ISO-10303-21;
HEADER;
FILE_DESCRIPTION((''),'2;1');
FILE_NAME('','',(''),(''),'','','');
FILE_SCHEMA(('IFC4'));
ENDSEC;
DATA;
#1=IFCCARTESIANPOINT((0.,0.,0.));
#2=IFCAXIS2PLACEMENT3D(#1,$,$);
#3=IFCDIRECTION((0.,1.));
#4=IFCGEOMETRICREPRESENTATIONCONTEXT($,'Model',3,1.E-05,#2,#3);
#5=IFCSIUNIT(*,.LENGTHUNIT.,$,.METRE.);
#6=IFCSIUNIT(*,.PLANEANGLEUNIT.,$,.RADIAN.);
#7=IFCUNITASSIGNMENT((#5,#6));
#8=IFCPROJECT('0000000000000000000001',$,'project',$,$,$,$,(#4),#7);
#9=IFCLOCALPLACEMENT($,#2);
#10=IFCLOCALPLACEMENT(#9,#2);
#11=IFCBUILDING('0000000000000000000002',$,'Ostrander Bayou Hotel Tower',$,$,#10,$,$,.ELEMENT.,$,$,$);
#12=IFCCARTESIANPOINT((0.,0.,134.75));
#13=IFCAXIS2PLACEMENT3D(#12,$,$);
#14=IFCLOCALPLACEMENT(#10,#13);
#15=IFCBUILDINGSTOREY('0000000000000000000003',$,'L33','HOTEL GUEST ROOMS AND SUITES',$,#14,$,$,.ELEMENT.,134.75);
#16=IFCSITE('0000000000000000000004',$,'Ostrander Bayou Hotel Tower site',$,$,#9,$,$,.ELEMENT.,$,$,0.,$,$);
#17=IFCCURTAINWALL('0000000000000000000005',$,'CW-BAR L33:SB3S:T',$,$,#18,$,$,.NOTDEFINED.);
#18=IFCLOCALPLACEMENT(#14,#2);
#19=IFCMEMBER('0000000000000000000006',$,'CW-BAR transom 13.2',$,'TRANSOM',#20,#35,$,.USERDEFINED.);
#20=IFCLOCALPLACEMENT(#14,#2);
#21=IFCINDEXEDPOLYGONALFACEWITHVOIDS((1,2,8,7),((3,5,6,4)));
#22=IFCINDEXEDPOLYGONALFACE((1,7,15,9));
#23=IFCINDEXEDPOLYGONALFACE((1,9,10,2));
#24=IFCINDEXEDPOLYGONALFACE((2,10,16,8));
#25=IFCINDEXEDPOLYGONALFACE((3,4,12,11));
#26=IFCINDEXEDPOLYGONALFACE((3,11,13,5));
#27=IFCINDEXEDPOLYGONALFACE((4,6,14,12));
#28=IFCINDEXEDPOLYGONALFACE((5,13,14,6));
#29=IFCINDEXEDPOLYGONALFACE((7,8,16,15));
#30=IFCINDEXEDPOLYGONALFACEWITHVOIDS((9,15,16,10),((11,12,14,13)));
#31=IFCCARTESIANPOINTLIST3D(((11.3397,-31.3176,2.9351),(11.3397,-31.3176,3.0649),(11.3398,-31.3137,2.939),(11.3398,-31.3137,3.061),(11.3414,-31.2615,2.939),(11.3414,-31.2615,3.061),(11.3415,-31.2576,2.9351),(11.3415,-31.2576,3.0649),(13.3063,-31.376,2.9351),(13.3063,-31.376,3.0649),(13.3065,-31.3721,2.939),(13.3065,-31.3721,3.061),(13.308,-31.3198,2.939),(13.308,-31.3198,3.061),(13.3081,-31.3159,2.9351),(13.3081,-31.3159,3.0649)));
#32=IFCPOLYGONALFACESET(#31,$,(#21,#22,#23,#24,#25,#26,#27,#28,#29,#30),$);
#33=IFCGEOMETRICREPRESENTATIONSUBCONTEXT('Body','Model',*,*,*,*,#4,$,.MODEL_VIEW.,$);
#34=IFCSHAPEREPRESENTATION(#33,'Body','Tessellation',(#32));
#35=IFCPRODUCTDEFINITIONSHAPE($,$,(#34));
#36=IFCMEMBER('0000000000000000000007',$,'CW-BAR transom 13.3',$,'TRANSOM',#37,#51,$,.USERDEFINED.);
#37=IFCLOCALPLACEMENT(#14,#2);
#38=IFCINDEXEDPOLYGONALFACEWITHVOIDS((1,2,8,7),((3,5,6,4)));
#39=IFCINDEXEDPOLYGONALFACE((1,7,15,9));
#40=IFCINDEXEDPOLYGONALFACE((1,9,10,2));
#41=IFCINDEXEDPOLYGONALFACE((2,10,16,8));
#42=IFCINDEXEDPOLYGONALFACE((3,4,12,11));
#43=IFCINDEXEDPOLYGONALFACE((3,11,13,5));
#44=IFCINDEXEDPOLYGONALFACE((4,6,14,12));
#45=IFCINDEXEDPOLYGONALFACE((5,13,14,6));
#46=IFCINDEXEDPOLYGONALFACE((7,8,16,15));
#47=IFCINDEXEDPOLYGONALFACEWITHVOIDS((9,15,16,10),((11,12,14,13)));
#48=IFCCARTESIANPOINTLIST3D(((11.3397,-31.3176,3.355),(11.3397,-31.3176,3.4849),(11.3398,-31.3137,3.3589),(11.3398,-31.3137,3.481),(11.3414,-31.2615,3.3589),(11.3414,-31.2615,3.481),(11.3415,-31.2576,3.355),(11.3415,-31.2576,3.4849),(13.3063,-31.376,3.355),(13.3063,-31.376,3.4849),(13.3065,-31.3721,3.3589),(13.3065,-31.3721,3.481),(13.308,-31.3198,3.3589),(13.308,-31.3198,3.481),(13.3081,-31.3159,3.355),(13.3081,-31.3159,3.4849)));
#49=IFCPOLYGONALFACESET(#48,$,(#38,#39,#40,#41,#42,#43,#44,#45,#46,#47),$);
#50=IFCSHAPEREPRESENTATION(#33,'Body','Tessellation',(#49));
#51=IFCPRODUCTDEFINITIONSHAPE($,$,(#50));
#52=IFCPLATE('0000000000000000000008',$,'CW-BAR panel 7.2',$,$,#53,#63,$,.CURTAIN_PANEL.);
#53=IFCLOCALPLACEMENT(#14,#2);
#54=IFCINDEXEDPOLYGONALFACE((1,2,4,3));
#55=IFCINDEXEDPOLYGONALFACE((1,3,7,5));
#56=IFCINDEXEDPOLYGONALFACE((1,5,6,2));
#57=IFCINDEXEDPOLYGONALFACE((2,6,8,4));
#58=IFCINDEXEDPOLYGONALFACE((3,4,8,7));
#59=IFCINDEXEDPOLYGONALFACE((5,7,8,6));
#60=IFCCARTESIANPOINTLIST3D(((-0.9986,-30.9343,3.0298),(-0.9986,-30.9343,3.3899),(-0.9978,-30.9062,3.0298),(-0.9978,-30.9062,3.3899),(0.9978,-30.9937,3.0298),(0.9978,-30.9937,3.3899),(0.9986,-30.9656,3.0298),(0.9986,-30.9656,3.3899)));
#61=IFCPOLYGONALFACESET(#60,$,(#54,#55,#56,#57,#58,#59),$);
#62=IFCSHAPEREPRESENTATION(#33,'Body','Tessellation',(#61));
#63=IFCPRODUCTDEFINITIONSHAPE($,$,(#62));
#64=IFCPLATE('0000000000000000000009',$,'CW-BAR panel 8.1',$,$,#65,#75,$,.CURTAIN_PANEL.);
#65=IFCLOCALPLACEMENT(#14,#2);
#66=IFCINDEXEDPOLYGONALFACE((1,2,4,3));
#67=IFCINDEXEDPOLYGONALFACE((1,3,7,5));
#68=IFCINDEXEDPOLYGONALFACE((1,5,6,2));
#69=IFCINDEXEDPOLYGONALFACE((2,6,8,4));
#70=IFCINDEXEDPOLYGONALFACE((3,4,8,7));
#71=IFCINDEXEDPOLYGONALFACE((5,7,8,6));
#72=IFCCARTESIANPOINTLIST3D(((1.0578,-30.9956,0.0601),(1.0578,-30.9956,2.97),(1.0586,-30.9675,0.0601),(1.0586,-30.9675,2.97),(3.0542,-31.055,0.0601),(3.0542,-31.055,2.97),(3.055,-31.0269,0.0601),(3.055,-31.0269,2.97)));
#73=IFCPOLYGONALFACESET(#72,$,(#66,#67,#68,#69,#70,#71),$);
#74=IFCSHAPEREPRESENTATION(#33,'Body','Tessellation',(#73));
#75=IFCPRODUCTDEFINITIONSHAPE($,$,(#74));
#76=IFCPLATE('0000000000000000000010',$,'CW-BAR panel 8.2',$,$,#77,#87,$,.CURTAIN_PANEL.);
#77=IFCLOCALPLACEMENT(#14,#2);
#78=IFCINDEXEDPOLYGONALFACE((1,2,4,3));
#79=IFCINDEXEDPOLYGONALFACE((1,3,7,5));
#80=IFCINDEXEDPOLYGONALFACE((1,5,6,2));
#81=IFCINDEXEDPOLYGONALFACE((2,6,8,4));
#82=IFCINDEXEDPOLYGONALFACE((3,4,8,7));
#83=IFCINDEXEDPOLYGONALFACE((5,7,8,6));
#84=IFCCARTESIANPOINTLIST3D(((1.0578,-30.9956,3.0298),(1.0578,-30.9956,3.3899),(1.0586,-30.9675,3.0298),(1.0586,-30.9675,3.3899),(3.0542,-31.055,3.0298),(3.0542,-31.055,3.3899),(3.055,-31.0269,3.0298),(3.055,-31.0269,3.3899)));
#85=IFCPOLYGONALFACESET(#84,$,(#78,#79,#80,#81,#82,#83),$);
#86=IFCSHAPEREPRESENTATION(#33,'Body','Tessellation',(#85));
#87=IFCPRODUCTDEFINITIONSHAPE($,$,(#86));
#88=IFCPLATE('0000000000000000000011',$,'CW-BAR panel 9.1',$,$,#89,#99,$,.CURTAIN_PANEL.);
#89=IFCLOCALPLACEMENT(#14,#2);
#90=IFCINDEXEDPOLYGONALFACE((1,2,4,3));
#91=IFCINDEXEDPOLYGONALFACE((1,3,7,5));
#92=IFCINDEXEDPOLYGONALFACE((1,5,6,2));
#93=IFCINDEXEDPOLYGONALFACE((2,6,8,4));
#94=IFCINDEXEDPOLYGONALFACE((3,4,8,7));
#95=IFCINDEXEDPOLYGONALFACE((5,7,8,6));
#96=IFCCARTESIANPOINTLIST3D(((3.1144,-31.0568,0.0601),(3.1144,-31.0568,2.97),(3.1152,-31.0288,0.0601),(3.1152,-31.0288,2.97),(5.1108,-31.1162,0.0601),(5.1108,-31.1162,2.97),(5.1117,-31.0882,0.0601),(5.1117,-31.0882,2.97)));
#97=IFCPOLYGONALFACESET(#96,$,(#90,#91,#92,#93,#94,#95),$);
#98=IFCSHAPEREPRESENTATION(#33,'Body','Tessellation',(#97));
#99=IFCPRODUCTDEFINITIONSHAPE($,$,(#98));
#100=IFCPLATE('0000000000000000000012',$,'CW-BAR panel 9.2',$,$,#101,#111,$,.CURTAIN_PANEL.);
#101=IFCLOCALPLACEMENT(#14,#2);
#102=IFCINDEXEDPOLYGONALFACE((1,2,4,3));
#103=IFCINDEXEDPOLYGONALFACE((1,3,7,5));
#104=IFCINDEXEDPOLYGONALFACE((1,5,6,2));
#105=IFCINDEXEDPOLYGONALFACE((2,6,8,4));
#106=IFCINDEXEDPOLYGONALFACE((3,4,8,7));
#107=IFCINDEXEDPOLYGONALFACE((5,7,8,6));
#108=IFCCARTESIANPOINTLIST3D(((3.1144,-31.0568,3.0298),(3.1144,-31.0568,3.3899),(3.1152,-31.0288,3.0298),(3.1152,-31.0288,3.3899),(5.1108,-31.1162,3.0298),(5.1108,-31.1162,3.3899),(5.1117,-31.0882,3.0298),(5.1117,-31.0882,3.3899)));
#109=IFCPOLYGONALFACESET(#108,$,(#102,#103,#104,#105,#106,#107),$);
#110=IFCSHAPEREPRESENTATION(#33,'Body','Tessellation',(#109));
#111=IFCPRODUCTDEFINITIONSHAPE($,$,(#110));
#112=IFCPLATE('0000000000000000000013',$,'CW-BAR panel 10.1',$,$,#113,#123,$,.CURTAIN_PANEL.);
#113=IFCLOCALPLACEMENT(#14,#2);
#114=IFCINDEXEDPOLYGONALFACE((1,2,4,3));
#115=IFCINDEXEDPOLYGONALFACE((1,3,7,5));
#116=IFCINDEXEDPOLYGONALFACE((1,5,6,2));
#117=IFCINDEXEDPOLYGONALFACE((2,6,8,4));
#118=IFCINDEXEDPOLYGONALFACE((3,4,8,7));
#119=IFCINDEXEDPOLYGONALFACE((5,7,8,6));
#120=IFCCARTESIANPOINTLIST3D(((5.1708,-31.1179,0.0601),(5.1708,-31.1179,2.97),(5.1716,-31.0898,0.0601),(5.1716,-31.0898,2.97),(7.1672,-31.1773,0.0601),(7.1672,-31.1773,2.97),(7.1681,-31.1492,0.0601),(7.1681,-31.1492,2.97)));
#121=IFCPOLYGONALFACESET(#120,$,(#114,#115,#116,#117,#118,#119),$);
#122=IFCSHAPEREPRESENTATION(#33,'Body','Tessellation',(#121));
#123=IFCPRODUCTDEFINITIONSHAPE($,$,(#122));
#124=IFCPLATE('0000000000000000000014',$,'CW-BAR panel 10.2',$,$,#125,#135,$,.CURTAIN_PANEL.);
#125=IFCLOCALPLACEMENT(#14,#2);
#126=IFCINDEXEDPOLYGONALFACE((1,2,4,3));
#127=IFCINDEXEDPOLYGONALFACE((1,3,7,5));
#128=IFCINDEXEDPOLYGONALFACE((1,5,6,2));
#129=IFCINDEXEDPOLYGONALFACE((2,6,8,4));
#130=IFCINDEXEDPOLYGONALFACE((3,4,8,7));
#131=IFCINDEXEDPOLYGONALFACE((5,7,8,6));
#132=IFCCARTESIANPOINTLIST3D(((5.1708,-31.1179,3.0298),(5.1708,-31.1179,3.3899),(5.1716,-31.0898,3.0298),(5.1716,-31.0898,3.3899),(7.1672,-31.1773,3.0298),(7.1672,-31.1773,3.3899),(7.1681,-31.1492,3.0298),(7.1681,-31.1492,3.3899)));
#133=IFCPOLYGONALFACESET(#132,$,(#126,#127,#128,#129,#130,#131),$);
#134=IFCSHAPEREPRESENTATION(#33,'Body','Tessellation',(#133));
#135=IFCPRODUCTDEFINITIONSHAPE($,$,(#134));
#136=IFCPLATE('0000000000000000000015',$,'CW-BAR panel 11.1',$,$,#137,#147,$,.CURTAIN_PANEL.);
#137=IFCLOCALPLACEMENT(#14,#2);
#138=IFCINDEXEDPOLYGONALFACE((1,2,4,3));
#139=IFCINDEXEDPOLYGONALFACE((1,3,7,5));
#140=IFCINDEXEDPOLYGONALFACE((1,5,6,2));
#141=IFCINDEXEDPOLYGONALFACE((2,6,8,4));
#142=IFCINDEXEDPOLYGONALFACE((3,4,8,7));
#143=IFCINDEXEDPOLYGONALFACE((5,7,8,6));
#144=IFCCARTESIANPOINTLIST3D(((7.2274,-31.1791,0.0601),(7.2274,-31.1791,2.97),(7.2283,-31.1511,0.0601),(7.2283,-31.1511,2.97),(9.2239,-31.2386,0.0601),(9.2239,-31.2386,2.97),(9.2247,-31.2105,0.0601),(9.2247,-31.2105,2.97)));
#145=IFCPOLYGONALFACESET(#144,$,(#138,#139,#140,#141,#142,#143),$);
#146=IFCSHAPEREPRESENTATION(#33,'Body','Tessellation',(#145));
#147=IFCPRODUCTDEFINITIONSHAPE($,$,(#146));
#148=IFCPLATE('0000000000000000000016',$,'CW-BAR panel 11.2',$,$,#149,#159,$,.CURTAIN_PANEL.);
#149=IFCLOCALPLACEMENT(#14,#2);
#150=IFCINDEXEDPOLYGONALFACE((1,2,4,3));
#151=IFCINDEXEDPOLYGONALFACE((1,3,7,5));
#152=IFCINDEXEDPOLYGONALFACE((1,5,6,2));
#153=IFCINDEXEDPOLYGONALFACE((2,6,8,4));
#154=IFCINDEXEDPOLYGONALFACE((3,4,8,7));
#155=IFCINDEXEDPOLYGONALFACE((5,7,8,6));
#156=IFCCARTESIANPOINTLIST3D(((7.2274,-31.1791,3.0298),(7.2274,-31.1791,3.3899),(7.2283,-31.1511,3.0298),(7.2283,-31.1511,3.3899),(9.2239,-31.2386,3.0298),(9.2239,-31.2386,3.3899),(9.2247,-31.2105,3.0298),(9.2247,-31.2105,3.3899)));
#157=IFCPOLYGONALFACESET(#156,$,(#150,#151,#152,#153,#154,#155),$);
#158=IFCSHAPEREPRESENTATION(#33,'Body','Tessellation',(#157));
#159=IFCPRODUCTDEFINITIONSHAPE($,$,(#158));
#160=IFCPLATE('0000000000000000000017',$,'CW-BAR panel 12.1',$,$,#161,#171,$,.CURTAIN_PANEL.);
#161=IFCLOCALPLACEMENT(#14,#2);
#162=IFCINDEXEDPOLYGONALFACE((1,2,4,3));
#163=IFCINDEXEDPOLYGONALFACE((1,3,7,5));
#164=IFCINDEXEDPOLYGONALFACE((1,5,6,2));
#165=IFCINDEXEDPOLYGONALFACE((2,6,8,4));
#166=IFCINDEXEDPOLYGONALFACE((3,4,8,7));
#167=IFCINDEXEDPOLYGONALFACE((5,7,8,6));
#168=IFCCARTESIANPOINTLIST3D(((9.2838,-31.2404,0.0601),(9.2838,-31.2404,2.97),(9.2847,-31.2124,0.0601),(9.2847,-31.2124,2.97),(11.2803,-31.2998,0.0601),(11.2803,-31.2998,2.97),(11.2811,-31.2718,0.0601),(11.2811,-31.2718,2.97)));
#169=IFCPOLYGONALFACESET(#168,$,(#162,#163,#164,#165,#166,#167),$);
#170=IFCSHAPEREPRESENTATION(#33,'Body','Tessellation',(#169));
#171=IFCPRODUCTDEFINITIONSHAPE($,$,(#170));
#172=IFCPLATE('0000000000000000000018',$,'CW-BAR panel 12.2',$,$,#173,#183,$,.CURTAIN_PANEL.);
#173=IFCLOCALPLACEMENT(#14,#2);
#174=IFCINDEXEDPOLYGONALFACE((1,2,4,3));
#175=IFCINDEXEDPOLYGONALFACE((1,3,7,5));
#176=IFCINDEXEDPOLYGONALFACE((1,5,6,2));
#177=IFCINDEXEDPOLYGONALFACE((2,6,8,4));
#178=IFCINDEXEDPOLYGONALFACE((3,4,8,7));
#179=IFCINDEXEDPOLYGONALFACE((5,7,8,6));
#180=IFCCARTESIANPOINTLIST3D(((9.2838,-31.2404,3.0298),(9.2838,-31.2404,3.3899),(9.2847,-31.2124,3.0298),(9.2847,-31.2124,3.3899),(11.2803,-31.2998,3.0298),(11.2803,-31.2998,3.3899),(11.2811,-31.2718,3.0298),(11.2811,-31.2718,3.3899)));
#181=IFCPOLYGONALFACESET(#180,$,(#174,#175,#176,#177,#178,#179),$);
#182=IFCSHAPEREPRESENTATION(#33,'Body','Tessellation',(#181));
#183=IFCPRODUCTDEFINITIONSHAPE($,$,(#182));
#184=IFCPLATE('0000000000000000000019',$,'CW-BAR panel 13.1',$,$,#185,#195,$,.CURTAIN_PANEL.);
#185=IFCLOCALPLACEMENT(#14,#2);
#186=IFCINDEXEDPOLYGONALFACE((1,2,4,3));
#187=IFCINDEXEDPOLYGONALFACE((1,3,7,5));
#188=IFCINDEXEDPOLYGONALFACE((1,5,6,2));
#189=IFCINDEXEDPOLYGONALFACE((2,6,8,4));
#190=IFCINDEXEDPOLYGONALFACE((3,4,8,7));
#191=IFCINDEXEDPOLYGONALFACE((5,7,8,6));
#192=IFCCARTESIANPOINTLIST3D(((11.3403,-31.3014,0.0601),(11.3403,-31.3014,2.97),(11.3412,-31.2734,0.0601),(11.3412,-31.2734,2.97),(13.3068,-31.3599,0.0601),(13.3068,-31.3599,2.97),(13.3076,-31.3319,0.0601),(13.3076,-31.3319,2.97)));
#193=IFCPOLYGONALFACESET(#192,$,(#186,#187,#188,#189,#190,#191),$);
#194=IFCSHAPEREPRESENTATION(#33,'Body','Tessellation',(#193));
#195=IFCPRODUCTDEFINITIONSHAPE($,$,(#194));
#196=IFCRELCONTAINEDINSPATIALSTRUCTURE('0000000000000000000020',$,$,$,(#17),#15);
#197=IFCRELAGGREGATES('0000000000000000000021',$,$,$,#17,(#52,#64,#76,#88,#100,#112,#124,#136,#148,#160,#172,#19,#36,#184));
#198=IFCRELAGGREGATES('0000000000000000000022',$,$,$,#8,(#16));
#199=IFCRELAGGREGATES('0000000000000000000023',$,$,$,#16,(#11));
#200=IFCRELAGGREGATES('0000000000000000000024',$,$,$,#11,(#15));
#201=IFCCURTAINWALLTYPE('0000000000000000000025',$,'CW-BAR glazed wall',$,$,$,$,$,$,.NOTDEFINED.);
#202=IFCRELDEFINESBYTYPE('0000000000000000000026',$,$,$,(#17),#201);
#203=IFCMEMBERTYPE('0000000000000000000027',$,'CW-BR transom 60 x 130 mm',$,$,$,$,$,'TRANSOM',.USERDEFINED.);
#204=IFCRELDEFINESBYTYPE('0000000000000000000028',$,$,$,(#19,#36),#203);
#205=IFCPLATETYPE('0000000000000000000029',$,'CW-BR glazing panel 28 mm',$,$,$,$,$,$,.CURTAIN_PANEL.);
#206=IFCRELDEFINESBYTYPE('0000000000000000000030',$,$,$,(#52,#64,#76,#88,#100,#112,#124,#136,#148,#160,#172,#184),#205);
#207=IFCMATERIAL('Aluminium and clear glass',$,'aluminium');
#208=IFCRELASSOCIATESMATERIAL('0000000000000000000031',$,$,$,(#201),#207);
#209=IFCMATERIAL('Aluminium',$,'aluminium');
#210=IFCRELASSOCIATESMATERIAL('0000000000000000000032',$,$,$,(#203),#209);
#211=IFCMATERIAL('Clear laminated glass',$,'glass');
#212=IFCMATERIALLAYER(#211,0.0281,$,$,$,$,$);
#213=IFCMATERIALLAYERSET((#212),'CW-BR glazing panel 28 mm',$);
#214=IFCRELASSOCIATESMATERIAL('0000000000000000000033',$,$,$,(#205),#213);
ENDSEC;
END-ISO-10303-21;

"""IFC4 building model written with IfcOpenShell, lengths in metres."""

from ifc_helpers import new_model, si_unit, direction, frame, origin, origin_2d, place, context, subcontext, project, spatial, rectangle, hollow_rectangle, extrude, material, layer, layer_set, material_profile, profile_set, type_object, element, aggregate, save


model = new_model("IFC4")

# Units and contexts
model_context = context("Model", 3, precision=1e-05, world=origin(), true_north=direction((0.0, 1.0)))
body_context = subcontext(model_context, "Body", "Model", "MODEL_VIEW")
ifc_project = project(units=[si_unit("LENGTHUNIT", "METRE"), si_unit("PLANEANGLEUNIT", "RADIAN")], contexts=[model_context])

# Site, building, storey
site_placement = place(None, origin())
site = spatial("IfcSite", under=ifc_project, at=site_placement, Name="Ostrander Bayou Hotel Tower site", CompositionType="ELEMENT", RefElevation=0.0)
building_placement = place(site_placement, origin())
building = spatial("IfcBuilding", under=site, at=building_placement, Name="Ostrander Bayou Hotel Tower", CompositionType="ELEMENT")
storey_placement = place(building_placement, frame((0.0, 0.0, 134.75)))
storey = spatial("IfcBuildingStorey", under=building, at=storey_placement, Name="L33", Description="HOTEL GUEST ROOMS AND SUITES", CompositionType="ELEMENT", Elevation=134.75)

# Curtain wall, members, plates
ifc_material_1 = material(Name="Aluminium and clear glass", Category="aluminium")
curtain_wall_type = type_object("IfcCurtainWallType", Name="CW-BAR glazed wall", PredefinedType="NOTDEFINED", material=ifc_material_1)
curtain_wall_placement = place(storey_placement, origin())
curtain_wall = element("IfcCurtainWall", 1, at=curtain_wall_placement, inside=storey, type_object=curtain_wall_type, Name="CW-BAR L33:SB3S:T", PredefinedType="NOTDEFINED")
ifc_material_2 = material(Name="Aluminium", Category="aluminium")
ifc_material_profile_1 = material_profile(ifc_material_2, hollow_rectangle(XDim=0.0601, YDim=0.1299, WallThickness=0.0039, at=origin_2d()))
ifc_profile_set_1 = profile_set([ifc_material_profile_1], Name="Aluminium")
member_type_1 = type_object("IfcMemberType", Name="CW-BR transom 60 x 130 mm", ElementType="TRANSOM", PredefinedType="USERDEFINED", material=ifc_profile_set_1)
member_1_placement = place(storey_placement, frame((11.3406, -31.2876, 3.0), z_axis=(0.99956, -0.029658, 0.0), x_axis=(0.029658, 0.99956, 0.0)))
member_1 = element("IfcMember", 2, at=member_1_placement, type_object=member_type_1, Name="CW-BAR transom 13.2", ObjectType="TRANSOM", PredefinedType="USERDEFINED", context=body_context, shape_type="SweptSolid", body=[
    extrude(hollow_rectangle(XDim=0.0601, YDim=0.1299, WallThickness=0.0039, at=origin_2d()), origin(), (0.0, 0.0, 1.0), 1.9675),
])
member_2_placement = place(storey_placement, frame((11.3406, -31.2876, 3.4199), z_axis=(0.99956, -0.029658, 0.0), x_axis=(0.029658, 0.99956, 0.0)))
member_2 = element("IfcMember", 3, at=member_2_placement, type_object=member_type_1, Name="CW-BAR transom 13.3", ObjectType="TRANSOM", PredefinedType="USERDEFINED", context=body_context, shape_type="SweptSolid", body=[
    extrude(hollow_rectangle(XDim=0.0601, YDim=0.1299, WallThickness=0.0039, at=origin_2d()), origin(), (0.0, 0.0, 1.0), 1.9675),
])
ifc_material_3 = material(Name="Clear laminated glass", Category="glass")
ifc_layer_1 = layer(ifc_material_3, 0.0281)
ifc_layer_set_1 = layer_set([ifc_layer_1], Name="CW-BR glazing panel 28 mm")
plate_type = type_object("IfcPlateType", Name="CW-BR glazing panel 28 mm", PredefinedType="CURTAIN_PANEL", material=ifc_layer_set_1)
plate_1_placement = place(storey_placement, frame((0.0, -30.95, 3.0298), z_axis=(0.0, 0.0, 1.0), x_axis=(0.999557, -0.029746, 0.0)))
plate_1 = element("IfcPlate", 4, at=plate_1_placement, type_object=plate_type, Name="CW-BAR panel 7.2", PredefinedType="CURTAIN_PANEL", context=body_context, shape_type="SweptSolid", body=[
    extrude(rectangle(XDim=1.9973, YDim=0.0281, at=origin_2d()), origin(), (0.0, 0.0, 1.0), 0.3601),
])
plate_2_placement = place(storey_placement, frame((2.0564, -31.0112, 0.0601), z_axis=(0.0, 0.0, 1.0), x_axis=(0.999557, -0.029746, 0.0)))
plate_2 = element("IfcPlate", 5, at=plate_2_placement, type_object=plate_type, Name="CW-BAR panel 8.1", PredefinedType="CURTAIN_PANEL", context=body_context, shape_type="SweptSolid", body=[
    extrude(rectangle(XDim=1.9973, YDim=0.0281, at=origin_2d()), origin(), (0.0, 0.0, 1.0), 2.9099),
])
plate_3_placement = place(storey_placement, frame((2.0564, -31.0112, 3.0298), z_axis=(0.0, 0.0, 1.0), x_axis=(0.999557, -0.029746, 0.0)))
plate_3 = element("IfcPlate", 6, at=plate_3_placement, type_object=plate_type, Name="CW-BAR panel 8.2", PredefinedType="CURTAIN_PANEL", context=body_context, shape_type="SweptSolid", body=[
    extrude(rectangle(XDim=1.9973, YDim=0.0281, at=origin_2d()), origin(), (0.0, 0.0, 1.0), 0.3601),
])
plate_4_placement = place(storey_placement, frame((4.113, -31.0725, 0.0601), z_axis=(0.0, 0.0, 1.0), x_axis=(0.999557, -0.029746, 0.0)))
plate_4 = element("IfcPlate", 7, at=plate_4_placement, type_object=plate_type, Name="CW-BAR panel 9.1", PredefinedType="CURTAIN_PANEL", context=body_context, shape_type="SweptSolid", body=[
    extrude(rectangle(XDim=1.9973, YDim=0.0281, at=origin_2d()), origin(), (0.0, 0.0, 1.0), 2.9099),
])
plate_5_placement = place(storey_placement, frame((4.113, -31.0725, 3.0298), z_axis=(0.0, 0.0, 1.0), x_axis=(0.999557, -0.029746, 0.0)))
plate_5 = element("IfcPlate", 8, at=plate_5_placement, type_object=plate_type, Name="CW-BAR panel 9.2", PredefinedType="CURTAIN_PANEL", context=body_context, shape_type="SweptSolid", body=[
    extrude(rectangle(XDim=1.9973, YDim=0.0281, at=origin_2d()), origin(), (0.0, 0.0, 1.0), 0.3601),
])
plate_6_placement = place(storey_placement, frame((6.1694, -31.1335, 0.0601), z_axis=(0.0, 0.0, 1.0), x_axis=(0.999557, -0.029746, 0.0)))
plate_6 = element("IfcPlate", 9, at=plate_6_placement, type_object=plate_type, Name="CW-BAR panel 10.1", PredefinedType="CURTAIN_PANEL", context=body_context, shape_type="SweptSolid", body=[
    extrude(rectangle(XDim=1.9973, YDim=0.0281, at=origin_2d()), origin(), (0.0, 0.0, 1.0), 2.9099),
])
plate_7_placement = place(storey_placement, frame((6.1694, -31.1335, 3.0298), z_axis=(0.0, 0.0, 1.0), x_axis=(0.999557, -0.029746, 0.0)))
plate_7 = element("IfcPlate", 10, at=plate_7_placement, type_object=plate_type, Name="CW-BAR panel 10.2", PredefinedType="CURTAIN_PANEL", context=body_context, shape_type="SweptSolid", body=[
    extrude(rectangle(XDim=1.9973, YDim=0.0281, at=origin_2d()), origin(), (0.0, 0.0, 1.0), 0.3601),
])
plate_8_placement = place(storey_placement, frame((8.2261, -31.1948, 0.0601), z_axis=(0.0, 0.0, 1.0), x_axis=(0.999557, -0.029746, 0.0)))
plate_8 = element("IfcPlate", 11, at=plate_8_placement, type_object=plate_type, Name="CW-BAR panel 11.1", PredefinedType="CURTAIN_PANEL", context=body_context, shape_type="SweptSolid", body=[
    extrude(rectangle(XDim=1.9973, YDim=0.0281, at=origin_2d()), origin(), (0.0, 0.0, 1.0), 2.9099),
])
plate_9_placement = place(storey_placement, frame((8.2261, -31.1948, 3.0298), z_axis=(0.0, 0.0, 1.0), x_axis=(0.999557, -0.029746, 0.0)))
plate_9 = element("IfcPlate", 12, at=plate_9_placement, type_object=plate_type, Name="CW-BAR panel 11.2", PredefinedType="CURTAIN_PANEL", context=body_context, shape_type="SweptSolid", body=[
    extrude(rectangle(XDim=1.9973, YDim=0.0281, at=origin_2d()), origin(), (0.0, 0.0, 1.0), 0.3601),
])
plate_10_placement = place(storey_placement, frame((10.2825, -31.2561, 0.0601), z_axis=(0.0, 0.0, 1.0), x_axis=(0.999557, -0.029746, 0.0)))
plate_10 = element("IfcPlate", 13, at=plate_10_placement, type_object=plate_type, Name="CW-BAR panel 12.1", PredefinedType="CURTAIN_PANEL", context=body_context, shape_type="SweptSolid", body=[
    extrude(rectangle(XDim=1.9973, YDim=0.0281, at=origin_2d()), origin(), (0.0, 0.0, 1.0), 2.9099),
])
plate_11_placement = place(storey_placement, frame((10.2825, -31.2561, 3.0298), z_axis=(0.0, 0.0, 1.0), x_axis=(0.999557, -0.029746, 0.0)))
plate_11 = element("IfcPlate", 14, at=plate_11_placement, type_object=plate_type, Name="CW-BAR panel 12.2", PredefinedType="CURTAIN_PANEL", context=body_context, shape_type="SweptSolid", body=[
    extrude(rectangle(XDim=1.9973, YDim=0.0281, at=origin_2d()), origin(), (0.0, 0.0, 1.0), 0.3601),
])
plate_12_placement = place(storey_placement, frame((12.324, -31.3167, 0.0601), z_axis=(0.0, 0.0, 1.0), x_axis=(0.999557, -0.029746, 0.0)))
plate_12 = element("IfcPlate", 15, at=plate_12_placement, type_object=plate_type, Name="CW-BAR panel 13.1", PredefinedType="CURTAIN_PANEL", context=body_context, shape_type="SweptSolid", body=[
    extrude(rectangle(XDim=1.9673, YDim=0.0281, at=origin_2d()), origin(), (0.0, 0.0, 1.0), 2.9099),
])
aggregate(curtain_wall, [plate_1, plate_2, plate_3, plate_4, plate_5, plate_6, plate_7, plate_8, plate_9, plate_10, plate_11, member_1, member_2, plate_12])

save(model, "model.ifc")
